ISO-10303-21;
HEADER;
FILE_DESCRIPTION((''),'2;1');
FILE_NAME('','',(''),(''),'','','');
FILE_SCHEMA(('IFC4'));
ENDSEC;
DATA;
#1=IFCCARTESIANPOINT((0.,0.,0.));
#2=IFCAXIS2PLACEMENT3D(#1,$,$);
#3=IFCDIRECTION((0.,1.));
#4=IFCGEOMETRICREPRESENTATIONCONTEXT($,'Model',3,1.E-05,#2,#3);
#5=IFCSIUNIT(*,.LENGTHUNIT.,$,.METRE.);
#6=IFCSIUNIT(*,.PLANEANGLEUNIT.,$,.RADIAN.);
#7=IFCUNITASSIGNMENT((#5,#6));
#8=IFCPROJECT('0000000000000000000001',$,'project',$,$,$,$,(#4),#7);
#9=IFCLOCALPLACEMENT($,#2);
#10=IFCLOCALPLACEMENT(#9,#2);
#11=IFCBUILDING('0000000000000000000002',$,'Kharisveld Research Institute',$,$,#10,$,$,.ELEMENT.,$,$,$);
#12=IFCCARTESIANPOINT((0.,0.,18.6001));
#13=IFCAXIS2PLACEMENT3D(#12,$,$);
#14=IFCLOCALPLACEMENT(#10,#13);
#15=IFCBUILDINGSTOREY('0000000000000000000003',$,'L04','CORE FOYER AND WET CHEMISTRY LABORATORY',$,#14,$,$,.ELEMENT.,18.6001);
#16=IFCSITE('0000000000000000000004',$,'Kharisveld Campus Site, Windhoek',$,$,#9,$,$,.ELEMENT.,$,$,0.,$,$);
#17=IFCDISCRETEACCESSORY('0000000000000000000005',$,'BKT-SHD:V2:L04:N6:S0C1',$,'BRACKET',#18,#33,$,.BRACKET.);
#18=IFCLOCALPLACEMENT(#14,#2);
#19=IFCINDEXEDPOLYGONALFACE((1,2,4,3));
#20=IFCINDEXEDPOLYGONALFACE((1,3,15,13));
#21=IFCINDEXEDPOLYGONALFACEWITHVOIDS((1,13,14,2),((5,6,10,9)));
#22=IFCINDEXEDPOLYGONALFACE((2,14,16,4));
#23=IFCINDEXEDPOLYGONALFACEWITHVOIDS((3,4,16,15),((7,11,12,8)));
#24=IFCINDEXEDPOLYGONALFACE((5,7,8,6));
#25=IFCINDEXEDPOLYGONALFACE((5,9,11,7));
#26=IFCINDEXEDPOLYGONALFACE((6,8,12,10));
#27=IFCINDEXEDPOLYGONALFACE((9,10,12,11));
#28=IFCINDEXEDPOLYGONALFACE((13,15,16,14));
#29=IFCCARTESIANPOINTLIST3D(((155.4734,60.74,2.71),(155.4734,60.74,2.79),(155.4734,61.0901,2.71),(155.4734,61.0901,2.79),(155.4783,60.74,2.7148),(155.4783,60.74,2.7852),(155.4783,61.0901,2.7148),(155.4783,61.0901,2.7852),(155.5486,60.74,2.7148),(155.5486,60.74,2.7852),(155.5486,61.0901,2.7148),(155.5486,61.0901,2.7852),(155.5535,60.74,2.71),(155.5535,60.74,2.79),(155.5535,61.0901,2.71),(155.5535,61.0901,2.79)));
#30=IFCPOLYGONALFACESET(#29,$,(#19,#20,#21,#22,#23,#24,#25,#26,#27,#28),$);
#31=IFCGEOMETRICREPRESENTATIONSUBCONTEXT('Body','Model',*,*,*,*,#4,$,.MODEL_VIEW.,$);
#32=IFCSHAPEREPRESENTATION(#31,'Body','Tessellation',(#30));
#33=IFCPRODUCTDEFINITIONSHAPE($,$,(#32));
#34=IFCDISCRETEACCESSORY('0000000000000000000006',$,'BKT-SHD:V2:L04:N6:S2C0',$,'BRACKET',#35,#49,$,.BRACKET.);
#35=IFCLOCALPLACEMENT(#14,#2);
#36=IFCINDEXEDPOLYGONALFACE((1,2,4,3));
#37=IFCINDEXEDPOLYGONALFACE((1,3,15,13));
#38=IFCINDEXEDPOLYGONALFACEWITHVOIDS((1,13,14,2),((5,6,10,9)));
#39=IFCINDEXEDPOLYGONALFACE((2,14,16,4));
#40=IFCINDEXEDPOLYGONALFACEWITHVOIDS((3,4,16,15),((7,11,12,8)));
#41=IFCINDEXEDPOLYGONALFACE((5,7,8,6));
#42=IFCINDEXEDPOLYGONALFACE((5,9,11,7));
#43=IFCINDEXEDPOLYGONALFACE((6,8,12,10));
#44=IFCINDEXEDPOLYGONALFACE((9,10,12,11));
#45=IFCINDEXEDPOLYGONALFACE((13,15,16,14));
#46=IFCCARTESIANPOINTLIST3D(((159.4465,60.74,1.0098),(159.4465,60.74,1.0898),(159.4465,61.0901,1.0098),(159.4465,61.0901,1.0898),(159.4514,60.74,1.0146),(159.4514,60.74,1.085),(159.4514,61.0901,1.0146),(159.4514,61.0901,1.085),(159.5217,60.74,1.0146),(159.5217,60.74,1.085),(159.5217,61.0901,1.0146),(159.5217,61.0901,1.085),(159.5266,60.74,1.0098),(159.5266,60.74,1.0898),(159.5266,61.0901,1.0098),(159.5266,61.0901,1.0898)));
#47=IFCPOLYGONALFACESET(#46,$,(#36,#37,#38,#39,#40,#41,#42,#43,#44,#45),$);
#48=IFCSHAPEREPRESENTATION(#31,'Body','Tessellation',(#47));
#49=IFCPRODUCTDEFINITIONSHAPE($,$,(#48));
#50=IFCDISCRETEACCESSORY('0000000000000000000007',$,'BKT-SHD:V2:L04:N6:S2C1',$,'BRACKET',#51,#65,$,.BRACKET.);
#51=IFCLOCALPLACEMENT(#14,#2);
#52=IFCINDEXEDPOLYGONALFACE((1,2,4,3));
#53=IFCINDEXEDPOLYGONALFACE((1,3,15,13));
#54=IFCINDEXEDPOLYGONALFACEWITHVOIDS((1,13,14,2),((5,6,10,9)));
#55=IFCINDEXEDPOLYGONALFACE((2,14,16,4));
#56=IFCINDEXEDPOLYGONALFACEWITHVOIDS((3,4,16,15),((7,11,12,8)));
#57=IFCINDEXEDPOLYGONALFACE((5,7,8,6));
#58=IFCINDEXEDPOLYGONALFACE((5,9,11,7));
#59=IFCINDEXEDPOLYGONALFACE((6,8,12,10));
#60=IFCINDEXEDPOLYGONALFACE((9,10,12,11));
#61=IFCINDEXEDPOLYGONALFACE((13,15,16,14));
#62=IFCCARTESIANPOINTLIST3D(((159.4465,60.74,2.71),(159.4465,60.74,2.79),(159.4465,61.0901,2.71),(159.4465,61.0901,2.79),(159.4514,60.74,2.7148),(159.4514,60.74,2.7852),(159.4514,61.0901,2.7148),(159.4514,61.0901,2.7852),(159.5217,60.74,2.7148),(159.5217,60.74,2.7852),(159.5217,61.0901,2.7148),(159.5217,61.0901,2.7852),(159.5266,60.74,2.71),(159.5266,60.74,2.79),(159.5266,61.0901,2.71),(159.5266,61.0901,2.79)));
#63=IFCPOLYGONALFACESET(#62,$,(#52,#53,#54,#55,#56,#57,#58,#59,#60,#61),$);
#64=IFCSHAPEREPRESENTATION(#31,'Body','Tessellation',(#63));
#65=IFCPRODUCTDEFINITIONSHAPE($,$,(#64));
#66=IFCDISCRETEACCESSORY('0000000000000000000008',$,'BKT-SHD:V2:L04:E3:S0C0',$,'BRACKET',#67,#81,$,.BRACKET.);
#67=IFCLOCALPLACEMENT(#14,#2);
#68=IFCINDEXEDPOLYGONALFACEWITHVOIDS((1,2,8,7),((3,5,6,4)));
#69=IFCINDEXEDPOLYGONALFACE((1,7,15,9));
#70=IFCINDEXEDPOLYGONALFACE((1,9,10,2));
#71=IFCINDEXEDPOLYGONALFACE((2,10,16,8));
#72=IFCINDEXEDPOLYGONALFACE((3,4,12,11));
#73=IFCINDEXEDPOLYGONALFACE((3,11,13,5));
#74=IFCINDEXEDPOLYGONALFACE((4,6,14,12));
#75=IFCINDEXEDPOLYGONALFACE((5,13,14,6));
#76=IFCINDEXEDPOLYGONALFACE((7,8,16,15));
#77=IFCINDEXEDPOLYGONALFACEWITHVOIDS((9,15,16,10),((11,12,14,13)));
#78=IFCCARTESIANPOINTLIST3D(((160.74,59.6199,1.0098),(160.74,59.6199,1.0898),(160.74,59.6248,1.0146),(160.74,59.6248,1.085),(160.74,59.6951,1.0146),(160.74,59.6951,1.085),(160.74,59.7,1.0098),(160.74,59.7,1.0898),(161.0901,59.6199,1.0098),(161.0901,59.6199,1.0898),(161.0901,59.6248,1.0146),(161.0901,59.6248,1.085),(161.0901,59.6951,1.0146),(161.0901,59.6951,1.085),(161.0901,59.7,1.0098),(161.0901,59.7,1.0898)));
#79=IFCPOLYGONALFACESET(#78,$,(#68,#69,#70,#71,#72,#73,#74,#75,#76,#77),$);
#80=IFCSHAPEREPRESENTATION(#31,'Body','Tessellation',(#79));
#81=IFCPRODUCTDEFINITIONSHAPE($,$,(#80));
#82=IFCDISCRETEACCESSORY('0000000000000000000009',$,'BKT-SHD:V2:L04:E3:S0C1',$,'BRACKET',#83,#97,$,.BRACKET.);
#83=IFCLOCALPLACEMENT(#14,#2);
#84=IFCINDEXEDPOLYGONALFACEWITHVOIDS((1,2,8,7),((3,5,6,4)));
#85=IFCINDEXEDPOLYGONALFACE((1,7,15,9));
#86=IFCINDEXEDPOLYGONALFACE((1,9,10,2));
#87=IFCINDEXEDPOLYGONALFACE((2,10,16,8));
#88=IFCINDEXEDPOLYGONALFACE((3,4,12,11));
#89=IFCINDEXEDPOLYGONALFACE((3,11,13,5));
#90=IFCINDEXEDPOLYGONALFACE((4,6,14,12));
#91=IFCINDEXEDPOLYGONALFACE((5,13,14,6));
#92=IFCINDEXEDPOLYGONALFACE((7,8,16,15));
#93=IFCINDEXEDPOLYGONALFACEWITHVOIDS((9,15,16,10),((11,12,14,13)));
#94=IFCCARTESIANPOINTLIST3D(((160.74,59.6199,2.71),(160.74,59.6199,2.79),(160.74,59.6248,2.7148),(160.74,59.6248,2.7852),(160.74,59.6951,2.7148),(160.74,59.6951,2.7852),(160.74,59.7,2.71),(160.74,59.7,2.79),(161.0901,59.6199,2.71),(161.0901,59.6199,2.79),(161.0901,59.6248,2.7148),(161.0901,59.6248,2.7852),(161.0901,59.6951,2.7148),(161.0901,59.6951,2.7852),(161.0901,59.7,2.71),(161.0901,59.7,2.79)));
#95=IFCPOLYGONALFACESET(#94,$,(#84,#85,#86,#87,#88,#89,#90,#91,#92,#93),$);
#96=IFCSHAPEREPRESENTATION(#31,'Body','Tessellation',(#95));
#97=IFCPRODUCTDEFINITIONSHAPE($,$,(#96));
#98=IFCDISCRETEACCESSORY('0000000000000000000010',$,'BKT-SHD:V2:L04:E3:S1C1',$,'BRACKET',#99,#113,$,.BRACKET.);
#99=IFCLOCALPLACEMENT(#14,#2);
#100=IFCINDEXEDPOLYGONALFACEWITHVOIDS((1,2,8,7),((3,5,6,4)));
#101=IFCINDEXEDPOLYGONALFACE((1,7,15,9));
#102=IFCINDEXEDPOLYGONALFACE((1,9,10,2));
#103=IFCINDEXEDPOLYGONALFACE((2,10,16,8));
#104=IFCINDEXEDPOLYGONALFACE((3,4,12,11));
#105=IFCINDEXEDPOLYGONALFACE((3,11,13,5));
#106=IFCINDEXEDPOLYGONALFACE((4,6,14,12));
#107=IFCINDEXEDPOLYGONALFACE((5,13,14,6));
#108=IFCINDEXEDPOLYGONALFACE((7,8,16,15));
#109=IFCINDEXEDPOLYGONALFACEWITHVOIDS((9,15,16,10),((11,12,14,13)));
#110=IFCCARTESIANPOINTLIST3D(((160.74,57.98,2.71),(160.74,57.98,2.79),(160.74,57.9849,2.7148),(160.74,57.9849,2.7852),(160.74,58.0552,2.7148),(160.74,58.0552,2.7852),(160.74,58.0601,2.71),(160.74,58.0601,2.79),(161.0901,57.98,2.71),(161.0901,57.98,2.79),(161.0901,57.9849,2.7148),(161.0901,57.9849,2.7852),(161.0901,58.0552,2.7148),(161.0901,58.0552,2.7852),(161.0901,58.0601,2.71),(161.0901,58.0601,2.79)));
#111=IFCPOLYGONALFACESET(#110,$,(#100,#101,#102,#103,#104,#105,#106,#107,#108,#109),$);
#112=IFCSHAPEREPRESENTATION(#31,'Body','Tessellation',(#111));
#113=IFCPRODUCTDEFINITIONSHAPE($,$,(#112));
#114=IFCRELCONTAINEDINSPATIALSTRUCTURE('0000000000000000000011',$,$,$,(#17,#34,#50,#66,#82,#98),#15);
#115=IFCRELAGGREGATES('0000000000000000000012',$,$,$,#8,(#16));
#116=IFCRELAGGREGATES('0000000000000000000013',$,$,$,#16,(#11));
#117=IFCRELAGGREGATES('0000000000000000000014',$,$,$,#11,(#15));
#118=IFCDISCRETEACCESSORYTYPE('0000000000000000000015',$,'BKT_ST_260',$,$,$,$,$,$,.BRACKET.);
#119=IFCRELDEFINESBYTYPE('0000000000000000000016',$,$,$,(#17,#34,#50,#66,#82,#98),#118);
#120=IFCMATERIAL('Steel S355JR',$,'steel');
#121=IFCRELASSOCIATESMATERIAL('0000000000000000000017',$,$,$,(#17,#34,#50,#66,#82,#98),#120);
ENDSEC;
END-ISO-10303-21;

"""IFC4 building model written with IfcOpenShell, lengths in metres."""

from ifc_helpers import new_model, si_unit, direction, frame, origin, origin_2d, place, context, subcontext, project, spatial, hollow_rectangle, extrude, material, type_object, element, save


model = new_model("IFC4")

# Units and contexts
model_context = context("Model", 3, precision=1e-05, world=origin(), true_north=direction((0.0, 1.0)))
body_context = subcontext(model_context, "Body", "Model", "MODEL_VIEW")
ifc_project = project(units=[si_unit("LENGTHUNIT", "METRE"), si_unit("PLANEANGLEUNIT", "RADIAN")], contexts=[model_context])

# Site, building, storey
site_placement = place(None, origin())
site = spatial("IfcSite", under=ifc_project, at=site_placement, Name="Kharisveld Campus Site, Windhoek", CompositionType="ELEMENT", RefElevation=0.0)
building_placement = place(site_placement, origin())
building = spatial("IfcBuilding", under=site, at=building_placement, Name="Kharisveld Research Institute", CompositionType="ELEMENT")
storey_placement = place(building_placement, frame((0.0, 0.0, 18.6001)))
storey = spatial("IfcBuildingStorey", under=building, at=storey_placement, Name="L04", Description="CORE FOYER AND WET CHEMISTRY LABORATORY", CompositionType="ELEMENT", Elevation=18.6001)

# Discrete accessories
ifc_material_1 = material(Name="Steel S355JR", Category="steel")
discrete_accessory_type = type_object("IfcDiscreteAccessoryType", Name="BKT_ST_260", PredefinedType="BRACKET")
for number, where, z_axis, x_axis, name in (
    (1, (155.5134, 60.74, 2.75), (0.0, 1.0, 0.0), (-1.0, 0.0, 0.0), "BKT-SHD:V2:L04:N6:S0C1"),
    (2, (159.4866, 60.74, 1.0498), (0.0, 1.0, 0.0), (-1.0, 0.0, 0.0), "BKT-SHD:V2:L04:N6:S2C0"),
    (3, (159.4866, 60.74, 2.75), (0.0, 1.0, 0.0), (-1.0, 0.0, 0.0), "BKT-SHD:V2:L04:N6:S2C1"),
    (4, (160.74, 59.6599, 1.0498), (1.0, 0.0, 0.0), (0.0, 1.0, 0.0), "BKT-SHD:V2:L04:E3:S0C0"),
    (5, (160.74, 59.6599, 2.75), (1.0, 0.0, 0.0), (0.0, 1.0, 0.0), "BKT-SHD:V2:L04:E3:S0C1"),
    (6, (160.74, 58.02, 2.75), (1.0, 0.0, 0.0), (0.0, 1.0, 0.0), "BKT-SHD:V2:L04:E3:S1C1"),
):
    element("IfcDiscreteAccessory", number, at=place(storey_placement, frame(where, z_axis=z_axis, x_axis=x_axis)), inside=storey, type_object=discrete_accessory_type, material=ifc_material_1, Name=name, ObjectType="BRACKET", PredefinedType="BRACKET", context=body_context, shape_type="SweptSolid", body=[
        extrude(hollow_rectangle(XDim=0.0801, YDim=0.0801, WallThickness=0.0049, at=origin_2d()), origin(), (0.0, 0.0, 1.0), 0.3501),
    ])

save(model, "model.ifc")
